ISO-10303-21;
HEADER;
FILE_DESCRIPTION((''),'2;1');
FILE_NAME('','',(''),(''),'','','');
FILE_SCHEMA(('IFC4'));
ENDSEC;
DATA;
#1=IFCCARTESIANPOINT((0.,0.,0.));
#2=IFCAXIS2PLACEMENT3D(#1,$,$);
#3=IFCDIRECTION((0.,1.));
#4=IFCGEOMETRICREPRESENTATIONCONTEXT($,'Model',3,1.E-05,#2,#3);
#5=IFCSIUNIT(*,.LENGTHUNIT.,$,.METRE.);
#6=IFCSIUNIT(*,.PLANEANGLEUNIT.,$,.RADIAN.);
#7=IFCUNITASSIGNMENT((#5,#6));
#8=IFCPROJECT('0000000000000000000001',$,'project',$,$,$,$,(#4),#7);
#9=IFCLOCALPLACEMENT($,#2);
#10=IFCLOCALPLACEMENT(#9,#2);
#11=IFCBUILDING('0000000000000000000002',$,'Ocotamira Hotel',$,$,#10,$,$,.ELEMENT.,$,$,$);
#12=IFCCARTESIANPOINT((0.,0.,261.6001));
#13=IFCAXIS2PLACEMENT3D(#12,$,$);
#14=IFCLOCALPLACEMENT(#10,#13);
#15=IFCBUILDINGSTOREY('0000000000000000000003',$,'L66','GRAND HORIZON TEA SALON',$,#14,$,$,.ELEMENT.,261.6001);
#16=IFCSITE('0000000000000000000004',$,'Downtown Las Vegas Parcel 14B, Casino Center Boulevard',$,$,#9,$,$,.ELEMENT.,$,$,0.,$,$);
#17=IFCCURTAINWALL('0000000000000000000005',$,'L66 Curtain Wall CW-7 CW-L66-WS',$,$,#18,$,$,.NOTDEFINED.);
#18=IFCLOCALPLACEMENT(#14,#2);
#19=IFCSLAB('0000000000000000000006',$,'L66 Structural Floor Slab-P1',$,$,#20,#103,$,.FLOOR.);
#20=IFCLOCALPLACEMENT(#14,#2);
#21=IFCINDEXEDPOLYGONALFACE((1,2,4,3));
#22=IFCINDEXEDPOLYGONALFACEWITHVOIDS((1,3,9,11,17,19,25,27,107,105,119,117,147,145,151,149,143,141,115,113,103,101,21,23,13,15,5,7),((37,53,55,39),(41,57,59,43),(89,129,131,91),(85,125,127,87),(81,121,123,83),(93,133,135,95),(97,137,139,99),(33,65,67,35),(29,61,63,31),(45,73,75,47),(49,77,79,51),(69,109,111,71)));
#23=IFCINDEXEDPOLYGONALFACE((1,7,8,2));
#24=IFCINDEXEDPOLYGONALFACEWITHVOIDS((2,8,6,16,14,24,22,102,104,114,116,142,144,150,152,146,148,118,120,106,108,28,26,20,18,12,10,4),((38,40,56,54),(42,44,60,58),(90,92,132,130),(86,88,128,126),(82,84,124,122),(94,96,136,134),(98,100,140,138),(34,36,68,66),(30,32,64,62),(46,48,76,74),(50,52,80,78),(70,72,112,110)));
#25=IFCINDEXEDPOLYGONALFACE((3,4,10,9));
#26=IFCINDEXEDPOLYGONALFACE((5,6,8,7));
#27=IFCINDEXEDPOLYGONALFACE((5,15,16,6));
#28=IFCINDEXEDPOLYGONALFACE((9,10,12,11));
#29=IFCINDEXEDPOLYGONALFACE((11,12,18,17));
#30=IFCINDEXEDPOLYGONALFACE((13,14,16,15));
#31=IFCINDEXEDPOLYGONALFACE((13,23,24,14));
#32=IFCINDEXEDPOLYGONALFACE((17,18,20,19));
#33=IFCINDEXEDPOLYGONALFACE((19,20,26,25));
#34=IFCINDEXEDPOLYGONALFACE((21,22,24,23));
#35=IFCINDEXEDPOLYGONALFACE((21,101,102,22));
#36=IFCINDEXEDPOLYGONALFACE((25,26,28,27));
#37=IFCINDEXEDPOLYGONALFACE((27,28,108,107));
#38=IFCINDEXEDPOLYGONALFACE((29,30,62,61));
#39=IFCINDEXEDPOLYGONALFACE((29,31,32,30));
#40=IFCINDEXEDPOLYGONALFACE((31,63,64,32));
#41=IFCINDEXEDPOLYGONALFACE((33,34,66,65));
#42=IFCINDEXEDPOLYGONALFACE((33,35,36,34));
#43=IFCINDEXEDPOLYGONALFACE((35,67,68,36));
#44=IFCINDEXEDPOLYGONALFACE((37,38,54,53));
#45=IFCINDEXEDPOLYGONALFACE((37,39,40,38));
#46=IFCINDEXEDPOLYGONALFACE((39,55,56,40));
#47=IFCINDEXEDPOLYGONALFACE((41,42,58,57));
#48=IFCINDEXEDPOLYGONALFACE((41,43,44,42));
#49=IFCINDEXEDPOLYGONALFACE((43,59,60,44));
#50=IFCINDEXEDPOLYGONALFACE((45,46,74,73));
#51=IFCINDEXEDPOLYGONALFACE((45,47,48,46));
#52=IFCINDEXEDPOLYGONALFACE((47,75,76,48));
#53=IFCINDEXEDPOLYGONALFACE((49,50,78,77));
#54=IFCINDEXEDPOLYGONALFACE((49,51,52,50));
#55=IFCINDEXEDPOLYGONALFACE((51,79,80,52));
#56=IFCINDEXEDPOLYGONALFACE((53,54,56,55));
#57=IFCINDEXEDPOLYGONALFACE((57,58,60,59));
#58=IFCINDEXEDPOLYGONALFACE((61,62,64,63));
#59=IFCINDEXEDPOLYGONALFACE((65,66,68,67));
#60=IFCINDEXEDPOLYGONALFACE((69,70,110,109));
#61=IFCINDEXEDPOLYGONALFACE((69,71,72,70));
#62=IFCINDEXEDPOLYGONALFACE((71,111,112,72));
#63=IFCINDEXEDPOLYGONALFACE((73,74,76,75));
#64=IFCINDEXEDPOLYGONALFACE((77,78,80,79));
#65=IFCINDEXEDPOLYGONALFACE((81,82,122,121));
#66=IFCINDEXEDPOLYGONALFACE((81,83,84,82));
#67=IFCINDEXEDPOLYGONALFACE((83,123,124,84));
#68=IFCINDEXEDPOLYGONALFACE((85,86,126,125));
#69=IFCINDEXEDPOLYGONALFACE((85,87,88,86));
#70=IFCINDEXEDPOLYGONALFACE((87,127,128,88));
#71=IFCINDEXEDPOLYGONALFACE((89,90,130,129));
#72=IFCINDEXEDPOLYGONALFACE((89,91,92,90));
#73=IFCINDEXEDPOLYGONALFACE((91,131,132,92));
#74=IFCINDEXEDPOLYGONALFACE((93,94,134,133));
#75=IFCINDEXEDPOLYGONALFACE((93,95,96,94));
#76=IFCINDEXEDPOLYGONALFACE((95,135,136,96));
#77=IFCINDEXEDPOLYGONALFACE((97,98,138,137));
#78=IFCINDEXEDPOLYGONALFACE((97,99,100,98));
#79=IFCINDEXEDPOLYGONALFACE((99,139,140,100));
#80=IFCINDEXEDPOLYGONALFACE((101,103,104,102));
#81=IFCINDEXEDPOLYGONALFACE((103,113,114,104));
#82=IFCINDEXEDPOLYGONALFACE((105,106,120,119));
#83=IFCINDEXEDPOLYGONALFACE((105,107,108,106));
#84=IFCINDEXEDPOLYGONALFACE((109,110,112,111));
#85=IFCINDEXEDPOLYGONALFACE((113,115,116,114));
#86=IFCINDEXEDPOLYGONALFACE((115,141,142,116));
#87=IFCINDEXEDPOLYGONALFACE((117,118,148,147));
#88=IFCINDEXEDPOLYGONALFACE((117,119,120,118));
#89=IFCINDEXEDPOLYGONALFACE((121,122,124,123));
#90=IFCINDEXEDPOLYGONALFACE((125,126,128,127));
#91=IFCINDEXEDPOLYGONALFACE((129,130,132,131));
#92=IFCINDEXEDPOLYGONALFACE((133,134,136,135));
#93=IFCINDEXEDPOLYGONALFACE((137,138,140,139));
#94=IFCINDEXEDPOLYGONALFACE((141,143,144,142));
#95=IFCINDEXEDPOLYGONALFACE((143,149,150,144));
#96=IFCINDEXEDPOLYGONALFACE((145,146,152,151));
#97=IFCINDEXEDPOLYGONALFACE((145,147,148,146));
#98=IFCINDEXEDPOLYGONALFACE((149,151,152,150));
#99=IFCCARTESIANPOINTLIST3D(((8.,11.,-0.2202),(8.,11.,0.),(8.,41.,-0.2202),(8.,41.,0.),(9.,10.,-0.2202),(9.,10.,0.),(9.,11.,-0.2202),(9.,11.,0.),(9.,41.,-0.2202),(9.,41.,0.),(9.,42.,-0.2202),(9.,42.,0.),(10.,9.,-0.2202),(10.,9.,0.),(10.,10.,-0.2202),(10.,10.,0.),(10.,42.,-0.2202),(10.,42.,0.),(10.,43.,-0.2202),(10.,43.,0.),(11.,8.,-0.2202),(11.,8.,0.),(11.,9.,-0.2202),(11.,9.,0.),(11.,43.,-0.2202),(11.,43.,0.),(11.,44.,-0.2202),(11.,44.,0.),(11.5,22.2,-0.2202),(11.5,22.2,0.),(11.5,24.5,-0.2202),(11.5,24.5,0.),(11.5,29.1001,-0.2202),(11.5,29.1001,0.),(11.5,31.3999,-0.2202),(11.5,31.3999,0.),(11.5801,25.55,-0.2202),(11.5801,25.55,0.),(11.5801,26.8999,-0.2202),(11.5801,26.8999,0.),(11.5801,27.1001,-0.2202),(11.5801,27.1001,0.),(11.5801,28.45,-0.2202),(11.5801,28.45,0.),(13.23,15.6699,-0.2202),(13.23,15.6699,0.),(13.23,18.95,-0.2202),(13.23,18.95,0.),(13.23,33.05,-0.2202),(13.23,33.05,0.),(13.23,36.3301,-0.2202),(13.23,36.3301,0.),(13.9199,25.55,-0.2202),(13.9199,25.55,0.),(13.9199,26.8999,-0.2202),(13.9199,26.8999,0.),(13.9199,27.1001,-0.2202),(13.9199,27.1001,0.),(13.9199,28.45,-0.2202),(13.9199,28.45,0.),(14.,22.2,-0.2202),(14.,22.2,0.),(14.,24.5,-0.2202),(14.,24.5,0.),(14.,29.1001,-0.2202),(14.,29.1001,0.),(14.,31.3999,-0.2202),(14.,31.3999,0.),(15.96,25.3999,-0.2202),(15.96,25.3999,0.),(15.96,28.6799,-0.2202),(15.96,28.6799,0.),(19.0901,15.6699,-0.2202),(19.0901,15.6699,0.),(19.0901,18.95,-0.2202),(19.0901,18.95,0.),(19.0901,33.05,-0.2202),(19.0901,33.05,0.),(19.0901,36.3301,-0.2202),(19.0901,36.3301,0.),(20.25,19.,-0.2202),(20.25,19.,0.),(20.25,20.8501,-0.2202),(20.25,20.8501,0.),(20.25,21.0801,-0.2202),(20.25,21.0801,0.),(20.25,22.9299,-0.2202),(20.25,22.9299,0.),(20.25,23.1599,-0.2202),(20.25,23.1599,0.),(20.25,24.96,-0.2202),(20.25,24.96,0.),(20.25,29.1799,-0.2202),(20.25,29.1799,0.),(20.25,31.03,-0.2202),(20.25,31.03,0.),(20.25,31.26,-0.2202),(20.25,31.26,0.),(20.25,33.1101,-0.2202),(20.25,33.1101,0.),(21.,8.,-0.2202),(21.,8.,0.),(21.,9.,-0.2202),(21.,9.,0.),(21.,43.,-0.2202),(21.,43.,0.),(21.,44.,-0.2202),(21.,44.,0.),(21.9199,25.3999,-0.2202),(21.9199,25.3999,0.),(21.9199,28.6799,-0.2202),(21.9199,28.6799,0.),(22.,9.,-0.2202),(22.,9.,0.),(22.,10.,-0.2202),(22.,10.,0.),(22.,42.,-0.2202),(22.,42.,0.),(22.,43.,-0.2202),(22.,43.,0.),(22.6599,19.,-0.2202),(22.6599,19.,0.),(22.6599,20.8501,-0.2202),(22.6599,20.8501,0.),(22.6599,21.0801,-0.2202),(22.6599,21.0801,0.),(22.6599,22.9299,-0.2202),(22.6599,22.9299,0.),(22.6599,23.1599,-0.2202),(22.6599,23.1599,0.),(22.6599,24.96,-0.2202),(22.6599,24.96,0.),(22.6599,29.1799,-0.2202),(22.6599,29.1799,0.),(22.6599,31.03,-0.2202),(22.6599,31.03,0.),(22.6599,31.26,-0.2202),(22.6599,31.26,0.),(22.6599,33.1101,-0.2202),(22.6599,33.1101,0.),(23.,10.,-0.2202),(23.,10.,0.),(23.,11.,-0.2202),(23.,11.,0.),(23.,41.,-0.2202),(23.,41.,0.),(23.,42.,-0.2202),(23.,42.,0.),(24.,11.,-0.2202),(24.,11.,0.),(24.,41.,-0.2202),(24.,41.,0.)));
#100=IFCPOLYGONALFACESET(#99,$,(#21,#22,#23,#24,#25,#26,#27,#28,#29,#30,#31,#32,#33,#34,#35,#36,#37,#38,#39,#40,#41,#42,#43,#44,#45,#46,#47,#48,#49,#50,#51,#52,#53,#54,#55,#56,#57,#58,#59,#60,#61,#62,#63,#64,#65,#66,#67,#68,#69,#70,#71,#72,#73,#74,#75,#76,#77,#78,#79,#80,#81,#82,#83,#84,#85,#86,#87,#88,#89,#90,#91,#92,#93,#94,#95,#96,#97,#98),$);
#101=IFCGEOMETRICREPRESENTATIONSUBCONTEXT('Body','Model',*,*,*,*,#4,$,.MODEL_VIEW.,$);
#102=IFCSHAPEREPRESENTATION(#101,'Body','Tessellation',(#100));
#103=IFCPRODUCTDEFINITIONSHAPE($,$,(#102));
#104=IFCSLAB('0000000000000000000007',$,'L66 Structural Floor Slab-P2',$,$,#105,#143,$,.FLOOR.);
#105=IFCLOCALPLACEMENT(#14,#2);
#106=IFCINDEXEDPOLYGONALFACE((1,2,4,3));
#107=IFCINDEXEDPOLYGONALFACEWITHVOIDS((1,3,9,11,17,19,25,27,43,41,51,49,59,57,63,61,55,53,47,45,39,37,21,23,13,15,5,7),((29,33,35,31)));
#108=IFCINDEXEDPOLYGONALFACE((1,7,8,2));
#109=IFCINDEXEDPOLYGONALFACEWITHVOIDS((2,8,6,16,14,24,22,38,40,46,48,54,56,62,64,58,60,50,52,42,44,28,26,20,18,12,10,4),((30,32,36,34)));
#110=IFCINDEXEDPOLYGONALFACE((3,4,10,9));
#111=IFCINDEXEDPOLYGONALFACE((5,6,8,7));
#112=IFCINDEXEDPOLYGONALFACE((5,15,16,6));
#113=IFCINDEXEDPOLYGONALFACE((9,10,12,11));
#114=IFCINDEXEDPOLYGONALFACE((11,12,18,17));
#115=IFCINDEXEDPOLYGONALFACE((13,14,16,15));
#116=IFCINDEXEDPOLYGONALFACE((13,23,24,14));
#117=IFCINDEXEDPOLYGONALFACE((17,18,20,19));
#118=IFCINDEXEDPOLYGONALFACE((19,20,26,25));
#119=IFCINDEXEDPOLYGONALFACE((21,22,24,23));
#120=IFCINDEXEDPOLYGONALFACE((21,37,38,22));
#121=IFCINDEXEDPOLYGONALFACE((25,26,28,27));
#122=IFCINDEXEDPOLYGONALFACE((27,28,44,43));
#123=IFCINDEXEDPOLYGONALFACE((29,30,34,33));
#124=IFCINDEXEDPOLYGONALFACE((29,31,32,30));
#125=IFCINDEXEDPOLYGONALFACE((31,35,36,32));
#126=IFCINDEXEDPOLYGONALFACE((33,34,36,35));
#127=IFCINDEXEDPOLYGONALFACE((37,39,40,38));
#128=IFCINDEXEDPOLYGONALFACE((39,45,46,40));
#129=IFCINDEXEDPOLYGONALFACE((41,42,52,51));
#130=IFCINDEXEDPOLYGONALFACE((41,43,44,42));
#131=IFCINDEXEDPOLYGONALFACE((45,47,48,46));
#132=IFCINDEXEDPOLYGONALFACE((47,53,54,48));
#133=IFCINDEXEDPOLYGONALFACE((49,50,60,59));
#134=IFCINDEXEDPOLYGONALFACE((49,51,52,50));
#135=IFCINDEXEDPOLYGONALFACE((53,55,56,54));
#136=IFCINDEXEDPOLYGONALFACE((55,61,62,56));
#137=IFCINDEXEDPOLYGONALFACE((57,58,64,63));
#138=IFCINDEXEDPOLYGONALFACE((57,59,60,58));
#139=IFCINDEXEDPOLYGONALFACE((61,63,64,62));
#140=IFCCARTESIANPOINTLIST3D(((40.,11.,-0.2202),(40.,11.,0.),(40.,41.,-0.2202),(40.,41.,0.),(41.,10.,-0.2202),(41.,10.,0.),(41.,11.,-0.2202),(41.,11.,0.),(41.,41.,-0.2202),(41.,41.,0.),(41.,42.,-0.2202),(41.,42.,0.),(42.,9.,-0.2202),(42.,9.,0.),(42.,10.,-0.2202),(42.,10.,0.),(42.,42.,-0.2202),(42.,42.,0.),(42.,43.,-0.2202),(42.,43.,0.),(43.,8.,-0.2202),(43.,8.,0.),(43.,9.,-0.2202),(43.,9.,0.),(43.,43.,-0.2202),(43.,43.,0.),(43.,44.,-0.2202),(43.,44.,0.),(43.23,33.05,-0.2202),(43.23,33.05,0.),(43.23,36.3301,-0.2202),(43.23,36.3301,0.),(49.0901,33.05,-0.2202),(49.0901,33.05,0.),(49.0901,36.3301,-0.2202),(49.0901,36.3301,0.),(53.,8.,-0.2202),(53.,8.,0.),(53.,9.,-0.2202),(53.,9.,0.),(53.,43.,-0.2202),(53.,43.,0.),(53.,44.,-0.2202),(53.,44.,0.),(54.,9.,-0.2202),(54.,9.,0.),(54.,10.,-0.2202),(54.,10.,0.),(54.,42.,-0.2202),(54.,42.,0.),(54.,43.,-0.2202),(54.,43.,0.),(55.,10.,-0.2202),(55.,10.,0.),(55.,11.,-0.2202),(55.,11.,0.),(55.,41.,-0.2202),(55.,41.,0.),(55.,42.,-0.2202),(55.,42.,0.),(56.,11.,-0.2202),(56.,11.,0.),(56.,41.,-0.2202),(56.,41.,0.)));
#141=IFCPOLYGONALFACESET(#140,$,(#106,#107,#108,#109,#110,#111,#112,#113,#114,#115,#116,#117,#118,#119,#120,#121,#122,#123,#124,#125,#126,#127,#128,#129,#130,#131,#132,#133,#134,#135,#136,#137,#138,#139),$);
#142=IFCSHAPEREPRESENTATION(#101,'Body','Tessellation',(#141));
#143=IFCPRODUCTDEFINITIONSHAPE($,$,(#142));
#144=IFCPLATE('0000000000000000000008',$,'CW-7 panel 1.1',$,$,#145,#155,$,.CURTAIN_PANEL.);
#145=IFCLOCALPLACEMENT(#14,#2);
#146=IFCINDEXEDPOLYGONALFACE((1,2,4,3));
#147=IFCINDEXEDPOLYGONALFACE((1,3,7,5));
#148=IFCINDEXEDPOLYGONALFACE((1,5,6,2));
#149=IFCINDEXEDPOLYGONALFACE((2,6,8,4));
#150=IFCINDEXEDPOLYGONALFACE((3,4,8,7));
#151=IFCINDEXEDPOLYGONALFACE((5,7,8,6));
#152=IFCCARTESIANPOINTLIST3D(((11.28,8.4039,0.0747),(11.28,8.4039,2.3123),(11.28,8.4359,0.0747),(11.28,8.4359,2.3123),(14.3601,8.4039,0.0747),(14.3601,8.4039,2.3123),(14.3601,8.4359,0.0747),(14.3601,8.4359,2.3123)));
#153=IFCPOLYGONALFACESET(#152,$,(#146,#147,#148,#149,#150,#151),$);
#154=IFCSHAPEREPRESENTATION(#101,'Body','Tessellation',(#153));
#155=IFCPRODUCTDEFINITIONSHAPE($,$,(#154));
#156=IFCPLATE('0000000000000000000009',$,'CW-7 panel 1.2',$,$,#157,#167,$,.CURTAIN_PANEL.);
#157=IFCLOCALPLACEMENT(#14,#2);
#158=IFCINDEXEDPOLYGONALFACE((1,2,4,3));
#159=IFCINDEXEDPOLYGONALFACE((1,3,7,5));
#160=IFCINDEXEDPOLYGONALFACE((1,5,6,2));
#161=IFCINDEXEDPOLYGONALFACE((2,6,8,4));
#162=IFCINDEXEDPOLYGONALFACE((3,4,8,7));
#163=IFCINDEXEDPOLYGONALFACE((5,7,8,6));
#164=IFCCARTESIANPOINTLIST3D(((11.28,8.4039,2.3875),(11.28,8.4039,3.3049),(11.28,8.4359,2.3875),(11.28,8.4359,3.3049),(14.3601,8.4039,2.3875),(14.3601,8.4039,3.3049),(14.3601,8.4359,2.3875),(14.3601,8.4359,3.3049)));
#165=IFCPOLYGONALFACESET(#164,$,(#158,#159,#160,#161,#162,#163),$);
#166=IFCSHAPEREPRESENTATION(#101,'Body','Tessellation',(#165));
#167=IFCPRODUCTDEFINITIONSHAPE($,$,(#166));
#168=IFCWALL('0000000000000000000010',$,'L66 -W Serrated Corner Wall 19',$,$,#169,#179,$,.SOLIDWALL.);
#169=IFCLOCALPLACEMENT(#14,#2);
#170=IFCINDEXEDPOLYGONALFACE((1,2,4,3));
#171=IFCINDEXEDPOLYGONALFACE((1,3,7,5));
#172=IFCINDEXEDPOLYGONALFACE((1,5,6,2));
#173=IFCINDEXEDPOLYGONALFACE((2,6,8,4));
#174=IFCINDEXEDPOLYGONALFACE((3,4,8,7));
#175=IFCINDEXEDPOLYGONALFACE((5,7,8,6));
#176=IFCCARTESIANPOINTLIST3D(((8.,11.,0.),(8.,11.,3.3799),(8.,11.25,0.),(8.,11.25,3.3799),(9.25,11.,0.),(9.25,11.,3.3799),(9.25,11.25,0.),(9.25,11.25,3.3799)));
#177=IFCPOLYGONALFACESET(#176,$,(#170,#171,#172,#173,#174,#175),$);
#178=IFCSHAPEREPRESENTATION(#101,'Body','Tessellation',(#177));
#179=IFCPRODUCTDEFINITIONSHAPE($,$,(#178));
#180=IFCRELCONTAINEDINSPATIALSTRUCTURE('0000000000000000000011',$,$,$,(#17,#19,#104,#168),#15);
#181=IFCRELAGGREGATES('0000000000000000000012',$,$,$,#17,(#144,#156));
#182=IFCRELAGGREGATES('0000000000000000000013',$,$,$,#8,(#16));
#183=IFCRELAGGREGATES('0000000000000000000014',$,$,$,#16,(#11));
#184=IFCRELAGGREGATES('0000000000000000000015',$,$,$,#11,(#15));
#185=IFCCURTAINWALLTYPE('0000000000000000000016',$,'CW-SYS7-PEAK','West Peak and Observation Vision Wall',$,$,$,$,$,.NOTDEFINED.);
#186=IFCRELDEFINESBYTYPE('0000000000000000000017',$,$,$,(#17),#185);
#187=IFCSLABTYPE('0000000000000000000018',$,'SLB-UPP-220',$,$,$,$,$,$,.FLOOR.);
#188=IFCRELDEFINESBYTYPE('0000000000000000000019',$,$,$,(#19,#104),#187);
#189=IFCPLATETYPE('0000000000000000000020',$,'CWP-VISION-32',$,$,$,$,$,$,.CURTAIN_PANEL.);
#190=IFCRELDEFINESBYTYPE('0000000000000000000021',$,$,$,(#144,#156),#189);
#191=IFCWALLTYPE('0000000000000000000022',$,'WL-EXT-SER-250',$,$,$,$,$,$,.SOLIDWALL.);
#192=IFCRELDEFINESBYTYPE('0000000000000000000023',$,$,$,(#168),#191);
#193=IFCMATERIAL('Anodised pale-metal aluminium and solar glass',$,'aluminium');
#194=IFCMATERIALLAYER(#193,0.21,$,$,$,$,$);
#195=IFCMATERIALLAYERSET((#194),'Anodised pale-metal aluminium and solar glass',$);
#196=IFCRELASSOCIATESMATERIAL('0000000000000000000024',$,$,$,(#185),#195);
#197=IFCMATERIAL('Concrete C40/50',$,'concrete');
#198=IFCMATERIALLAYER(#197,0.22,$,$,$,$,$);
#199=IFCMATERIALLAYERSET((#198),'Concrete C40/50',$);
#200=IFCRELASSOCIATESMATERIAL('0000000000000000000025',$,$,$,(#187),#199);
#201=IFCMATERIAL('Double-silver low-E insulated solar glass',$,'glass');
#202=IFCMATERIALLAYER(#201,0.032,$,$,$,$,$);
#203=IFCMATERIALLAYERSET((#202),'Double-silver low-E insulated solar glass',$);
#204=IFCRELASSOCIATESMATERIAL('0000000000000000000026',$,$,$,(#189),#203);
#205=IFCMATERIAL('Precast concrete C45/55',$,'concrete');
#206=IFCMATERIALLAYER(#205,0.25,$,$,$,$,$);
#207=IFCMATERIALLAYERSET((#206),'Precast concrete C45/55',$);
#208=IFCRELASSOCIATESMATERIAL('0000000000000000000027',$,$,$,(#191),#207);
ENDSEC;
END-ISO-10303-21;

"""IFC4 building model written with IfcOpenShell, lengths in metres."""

from ifc_helpers import new_model, si_unit, direction, frame, frame_2d, origin, origin_2d, place, context, subcontext, project, spatial, polyline, rectangle, outline, extrude, source, transform, mapped, material, layer, layer_set, type_object, element, aggregate, save


model = new_model("IFC4")

# Units and contexts
model_context = context("Model", 3, precision=1e-05, world=origin(), true_north=direction((0.0, 1.0)))
body_context = subcontext(model_context, "Body", "Model", "MODEL_VIEW")
ifc_project = project(units=[si_unit("LENGTHUNIT", "METRE"), si_unit("PLANEANGLEUNIT", "RADIAN")], contexts=[model_context])

# Site, building, storey
site_placement = place(None, origin())
site = spatial("IfcSite", under=ifc_project, at=site_placement, Name="Downtown Las Vegas Parcel 14B, Casino Center Boulevard", CompositionType="ELEMENT", RefElevation=0.0)
building_placement = place(site_placement, origin())
building = spatial("IfcBuilding", under=site, at=building_placement, Name="Ocotamira Hotel", CompositionType="ELEMENT")
storey_placement = place(building_placement, frame((0.0, 0.0, 261.6001)))
storey = spatial("IfcBuildingStorey", under=building, at=storey_placement, Name="L66", Description="GRAND HORIZON TEA SALON", CompositionType="ELEMENT", Elevation=261.6001)

# Curtain wall
ifc_material_1 = material(Name="Anodised pale-metal aluminium and solar glass", Category="aluminium")
ifc_layer_1 = layer(ifc_material_1, 0.21)
ifc_layer_set_1 = layer_set([ifc_layer_1], Name="Anodised pale-metal aluminium and solar glass")
curtain_wall_type = type_object("IfcCurtainWallType", Name="CW-SYS7-PEAK", Description="West Peak and Observation Vision Wall", PredefinedType="NOTDEFINED", material=ifc_layer_set_1)
curtain_wall_1_placement = place(storey_placement, origin())
curtain_wall_1 = element("IfcCurtainWall", 1, at=curtain_wall_1_placement, inside=storey, type_object=curtain_wall_type, Name="L66 Curtain Wall CW-7 CW-L66-WS", PredefinedType="NOTDEFINED")

# Shared definitions
ifc_material_2 = material(Name="Concrete C40/50", Category="concrete")

# Slabs
ifc_layer_2 = layer(ifc_material_2, 0.22)
ifc_layer_set_2 = layer_set([ifc_layer_2], Name="Concrete C40/50")
slab_type_1 = type_object("IfcSlabType", Name="SLB-UPP-220", PredefinedType="FLOOR", material=ifc_layer_set_2)
slab_1_placement = place(storey_placement, frame((0.0, 0.0, -0.2202)))
element("IfcSlab", 2, at=slab_1_placement, inside=storey, type_object=slab_type_1, Name="L66 Structural Floor Slab-P1", PredefinedType="FLOOR", context=body_context, shape_type="SweptSolid", body=[
    extrude(outline(polyline([(11.0, 8.0), (21.0, 8.0), (21.0, 9.0), (22.0, 9.0), (22.0, 10.0), (23.0, 10.0), (23.0, 11.0), (24.0, 11.0), (24.0, 41.0), (23.0, 41.0), (23.0, 42.0), (22.0, 42.0), (22.0, 43.0), (21.0, 43.0), (21.0, 44.0), (11.0, 44.0), (11.0, 43.0), (10.0, 43.0), (10.0, 42.0), (9.0, 42.0), (9.0, 41.0), (8.0, 41.0), (8.0, 11.0), (9.0, 11.0), (9.0, 10.0), (10.0, 10.0), (10.0, 9.0), (11.0, 9.0), (11.0, 8.0)]), holes=[polyline([(13.23, 15.6699), (19.0901, 15.6699), (19.0901, 18.95), (13.23, 18.95), (13.23, 15.6699)]), polyline([(13.23, 33.05), (19.0901, 33.05), (19.0901, 36.3301), (13.23, 36.3301), (13.23, 33.05)]), polyline([(15.96, 25.3999), (21.9199, 25.3999), (21.9199, 28.6799), (15.96, 28.6799), (15.96, 25.3999)]), polyline([(20.25, 19.0), (22.6599, 19.0), (22.6599, 20.8501), (20.25, 20.8501), (20.25, 19.0)]), polyline([(20.25, 21.0801), (22.6599, 21.0801), (22.6599, 22.9299), (20.25, 22.9299), (20.25, 21.0801)]), polyline([(20.25, 23.1599), (22.6599, 23.1599), (22.6599, 24.96), (20.25, 24.96), (20.25, 23.1599)]), polyline([(20.25, 29.1799), (22.6599, 29.1799), (22.6599, 31.03), (20.25, 31.03), (20.25, 29.1799)]), polyline([(20.25, 31.26), (22.6599, 31.26), (22.6599, 33.1101), (20.25, 33.1101), (20.25, 31.26)]), polyline([(11.5, 22.2), (14.0, 22.2), (14.0, 24.5), (11.5, 24.5), (11.5, 22.2)]), polyline([(11.5, 29.1001), (14.0, 29.1001), (14.0, 31.3999), (11.5, 31.3999), (11.5, 29.1001)]), polyline([(11.5801, 25.55), (13.9199, 25.55), (13.9199, 26.8999), (11.5801, 26.8999), (11.5801, 25.55)]), polyline([(11.5801, 27.1001), (13.9199, 27.1001), (13.9199, 28.45), (11.5801, 28.45), (11.5801, 27.1001)])]), origin(), (0.0, 0.0, 1.0), 0.2202),
])
slab_2_placement = place(storey_placement, frame((0.0, 0.0, -0.2202)))
element("IfcSlab", 3, at=slab_2_placement, inside=storey, type_object=slab_type_1, Name="L66 Structural Floor Slab-P2", PredefinedType="FLOOR", context=body_context, shape_type="SweptSolid", body=[
    extrude(outline(polyline([(43.0, 8.0), (53.0, 8.0), (53.0, 9.0), (54.0, 9.0), (54.0, 10.0), (55.0, 10.0), (55.0, 11.0), (56.0, 11.0), (56.0, 41.0), (55.0, 41.0), (55.0, 42.0), (54.0, 42.0), (54.0, 43.0), (53.0, 43.0), (53.0, 44.0), (43.0, 44.0), (43.0, 43.0), (42.0, 43.0), (42.0, 42.0), (41.0, 42.0), (41.0, 41.0), (40.0, 41.0), (40.0, 11.0), (41.0, 11.0), (41.0, 10.0), (42.0, 10.0), (42.0, 9.0), (43.0, 9.0), (43.0, 8.0)]), holes=[polyline([(43.23, 33.05), (49.0901, 33.05), (49.0901, 36.3301), (43.23, 36.3301), (43.23, 33.05)])]), origin(), (0.0, 0.0, 1.0), 0.2202),
])

# Plates
ifc_material_3 = material(Name="Double-silver low-E insulated solar glass", Category="glass")
ifc_layer_3 = layer(ifc_material_3, 0.032)
ifc_layer_set_3 = layer_set([ifc_layer_3], Name="Double-silver low-E insulated solar glass")
plate_type = type_object("IfcPlateType", Name="CWP-VISION-32", PredefinedType="CURTAIN_PANEL", material=ifc_layer_set_3)
shared_shape_1 = source(origin(), body_context, "Body", "SweptSolid", [
    extrude(rectangle(XDim=3.0801, YDim=0.032, at=origin_2d()), origin(), (0.0, 0.0, 1.0), 2.2375),
])
plate_1_placement = place(storey_placement, frame((12.8201, 8.4199, 0.0747), z_axis=(0.0, 0.0, 1.0), x_axis=(1.0, 0.0, 0.0)))
plate_1 = element("IfcPlate", 4, at=plate_1_placement, type_object=plate_type, Name="CW-7 panel 1.1", PredefinedType="CURTAIN_PANEL", context=body_context, shape_type="MappedRepresentation", body=[
    mapped(shared_shape_1, transform((0.0, 0.0, 0.0), scale=1.0)),
])
shared_shape_2 = source(origin(), body_context, "Body", "SweptSolid", [
    extrude(rectangle(XDim=3.0801, YDim=0.032, at=origin_2d()), origin(), (0.0, 0.0, 1.0), 0.9175),
])
plate_2_placement = place(storey_placement, frame((12.8201, 8.4199, 2.3875), z_axis=(0.0, 0.0, 1.0), x_axis=(1.0, 0.0, 0.0)))
plate_2 = element("IfcPlate", 5, at=plate_2_placement, type_object=plate_type, Name="CW-7 panel 1.2", PredefinedType="CURTAIN_PANEL", context=body_context, shape_type="MappedRepresentation", body=[
    mapped(shared_shape_2, transform((0.0, 0.0, 0.0), scale=1.0)),
])
aggregate(curtain_wall_1, [plate_1, plate_2])

# Wall
ifc_material_4 = material(Name="Precast concrete C45/55", Category="concrete")
ifc_layer_4 = layer(ifc_material_4, 0.25)
ifc_layer_set_4 = layer_set([ifc_layer_4], Name="Precast concrete C45/55")
wall_type_1 = type_object("IfcWallType", Name="WL-EXT-SER-250", PredefinedType="SOLIDWALL", material=ifc_layer_set_4)
wall_1_placement = place(storey_placement, frame((8.0, 11.125, 0.0), z_axis=(0.0, 0.0, 1.0), x_axis=(1.0, 0.0, 0.0)))
element("IfcWall", 6, at=wall_1_placement, inside=storey, type_object=wall_type_1, Name="L66 -W Serrated Corner Wall 19", PredefinedType="SOLIDWALL", context=body_context, shape_type="SweptSolid", body=[
    extrude(rectangle(XDim=1.25, YDim=0.25, at=frame_2d((0.625, 0.0))), origin(), (0.0, 0.0, 1.0), 3.3799),
])

save(model, "model.ifc")
